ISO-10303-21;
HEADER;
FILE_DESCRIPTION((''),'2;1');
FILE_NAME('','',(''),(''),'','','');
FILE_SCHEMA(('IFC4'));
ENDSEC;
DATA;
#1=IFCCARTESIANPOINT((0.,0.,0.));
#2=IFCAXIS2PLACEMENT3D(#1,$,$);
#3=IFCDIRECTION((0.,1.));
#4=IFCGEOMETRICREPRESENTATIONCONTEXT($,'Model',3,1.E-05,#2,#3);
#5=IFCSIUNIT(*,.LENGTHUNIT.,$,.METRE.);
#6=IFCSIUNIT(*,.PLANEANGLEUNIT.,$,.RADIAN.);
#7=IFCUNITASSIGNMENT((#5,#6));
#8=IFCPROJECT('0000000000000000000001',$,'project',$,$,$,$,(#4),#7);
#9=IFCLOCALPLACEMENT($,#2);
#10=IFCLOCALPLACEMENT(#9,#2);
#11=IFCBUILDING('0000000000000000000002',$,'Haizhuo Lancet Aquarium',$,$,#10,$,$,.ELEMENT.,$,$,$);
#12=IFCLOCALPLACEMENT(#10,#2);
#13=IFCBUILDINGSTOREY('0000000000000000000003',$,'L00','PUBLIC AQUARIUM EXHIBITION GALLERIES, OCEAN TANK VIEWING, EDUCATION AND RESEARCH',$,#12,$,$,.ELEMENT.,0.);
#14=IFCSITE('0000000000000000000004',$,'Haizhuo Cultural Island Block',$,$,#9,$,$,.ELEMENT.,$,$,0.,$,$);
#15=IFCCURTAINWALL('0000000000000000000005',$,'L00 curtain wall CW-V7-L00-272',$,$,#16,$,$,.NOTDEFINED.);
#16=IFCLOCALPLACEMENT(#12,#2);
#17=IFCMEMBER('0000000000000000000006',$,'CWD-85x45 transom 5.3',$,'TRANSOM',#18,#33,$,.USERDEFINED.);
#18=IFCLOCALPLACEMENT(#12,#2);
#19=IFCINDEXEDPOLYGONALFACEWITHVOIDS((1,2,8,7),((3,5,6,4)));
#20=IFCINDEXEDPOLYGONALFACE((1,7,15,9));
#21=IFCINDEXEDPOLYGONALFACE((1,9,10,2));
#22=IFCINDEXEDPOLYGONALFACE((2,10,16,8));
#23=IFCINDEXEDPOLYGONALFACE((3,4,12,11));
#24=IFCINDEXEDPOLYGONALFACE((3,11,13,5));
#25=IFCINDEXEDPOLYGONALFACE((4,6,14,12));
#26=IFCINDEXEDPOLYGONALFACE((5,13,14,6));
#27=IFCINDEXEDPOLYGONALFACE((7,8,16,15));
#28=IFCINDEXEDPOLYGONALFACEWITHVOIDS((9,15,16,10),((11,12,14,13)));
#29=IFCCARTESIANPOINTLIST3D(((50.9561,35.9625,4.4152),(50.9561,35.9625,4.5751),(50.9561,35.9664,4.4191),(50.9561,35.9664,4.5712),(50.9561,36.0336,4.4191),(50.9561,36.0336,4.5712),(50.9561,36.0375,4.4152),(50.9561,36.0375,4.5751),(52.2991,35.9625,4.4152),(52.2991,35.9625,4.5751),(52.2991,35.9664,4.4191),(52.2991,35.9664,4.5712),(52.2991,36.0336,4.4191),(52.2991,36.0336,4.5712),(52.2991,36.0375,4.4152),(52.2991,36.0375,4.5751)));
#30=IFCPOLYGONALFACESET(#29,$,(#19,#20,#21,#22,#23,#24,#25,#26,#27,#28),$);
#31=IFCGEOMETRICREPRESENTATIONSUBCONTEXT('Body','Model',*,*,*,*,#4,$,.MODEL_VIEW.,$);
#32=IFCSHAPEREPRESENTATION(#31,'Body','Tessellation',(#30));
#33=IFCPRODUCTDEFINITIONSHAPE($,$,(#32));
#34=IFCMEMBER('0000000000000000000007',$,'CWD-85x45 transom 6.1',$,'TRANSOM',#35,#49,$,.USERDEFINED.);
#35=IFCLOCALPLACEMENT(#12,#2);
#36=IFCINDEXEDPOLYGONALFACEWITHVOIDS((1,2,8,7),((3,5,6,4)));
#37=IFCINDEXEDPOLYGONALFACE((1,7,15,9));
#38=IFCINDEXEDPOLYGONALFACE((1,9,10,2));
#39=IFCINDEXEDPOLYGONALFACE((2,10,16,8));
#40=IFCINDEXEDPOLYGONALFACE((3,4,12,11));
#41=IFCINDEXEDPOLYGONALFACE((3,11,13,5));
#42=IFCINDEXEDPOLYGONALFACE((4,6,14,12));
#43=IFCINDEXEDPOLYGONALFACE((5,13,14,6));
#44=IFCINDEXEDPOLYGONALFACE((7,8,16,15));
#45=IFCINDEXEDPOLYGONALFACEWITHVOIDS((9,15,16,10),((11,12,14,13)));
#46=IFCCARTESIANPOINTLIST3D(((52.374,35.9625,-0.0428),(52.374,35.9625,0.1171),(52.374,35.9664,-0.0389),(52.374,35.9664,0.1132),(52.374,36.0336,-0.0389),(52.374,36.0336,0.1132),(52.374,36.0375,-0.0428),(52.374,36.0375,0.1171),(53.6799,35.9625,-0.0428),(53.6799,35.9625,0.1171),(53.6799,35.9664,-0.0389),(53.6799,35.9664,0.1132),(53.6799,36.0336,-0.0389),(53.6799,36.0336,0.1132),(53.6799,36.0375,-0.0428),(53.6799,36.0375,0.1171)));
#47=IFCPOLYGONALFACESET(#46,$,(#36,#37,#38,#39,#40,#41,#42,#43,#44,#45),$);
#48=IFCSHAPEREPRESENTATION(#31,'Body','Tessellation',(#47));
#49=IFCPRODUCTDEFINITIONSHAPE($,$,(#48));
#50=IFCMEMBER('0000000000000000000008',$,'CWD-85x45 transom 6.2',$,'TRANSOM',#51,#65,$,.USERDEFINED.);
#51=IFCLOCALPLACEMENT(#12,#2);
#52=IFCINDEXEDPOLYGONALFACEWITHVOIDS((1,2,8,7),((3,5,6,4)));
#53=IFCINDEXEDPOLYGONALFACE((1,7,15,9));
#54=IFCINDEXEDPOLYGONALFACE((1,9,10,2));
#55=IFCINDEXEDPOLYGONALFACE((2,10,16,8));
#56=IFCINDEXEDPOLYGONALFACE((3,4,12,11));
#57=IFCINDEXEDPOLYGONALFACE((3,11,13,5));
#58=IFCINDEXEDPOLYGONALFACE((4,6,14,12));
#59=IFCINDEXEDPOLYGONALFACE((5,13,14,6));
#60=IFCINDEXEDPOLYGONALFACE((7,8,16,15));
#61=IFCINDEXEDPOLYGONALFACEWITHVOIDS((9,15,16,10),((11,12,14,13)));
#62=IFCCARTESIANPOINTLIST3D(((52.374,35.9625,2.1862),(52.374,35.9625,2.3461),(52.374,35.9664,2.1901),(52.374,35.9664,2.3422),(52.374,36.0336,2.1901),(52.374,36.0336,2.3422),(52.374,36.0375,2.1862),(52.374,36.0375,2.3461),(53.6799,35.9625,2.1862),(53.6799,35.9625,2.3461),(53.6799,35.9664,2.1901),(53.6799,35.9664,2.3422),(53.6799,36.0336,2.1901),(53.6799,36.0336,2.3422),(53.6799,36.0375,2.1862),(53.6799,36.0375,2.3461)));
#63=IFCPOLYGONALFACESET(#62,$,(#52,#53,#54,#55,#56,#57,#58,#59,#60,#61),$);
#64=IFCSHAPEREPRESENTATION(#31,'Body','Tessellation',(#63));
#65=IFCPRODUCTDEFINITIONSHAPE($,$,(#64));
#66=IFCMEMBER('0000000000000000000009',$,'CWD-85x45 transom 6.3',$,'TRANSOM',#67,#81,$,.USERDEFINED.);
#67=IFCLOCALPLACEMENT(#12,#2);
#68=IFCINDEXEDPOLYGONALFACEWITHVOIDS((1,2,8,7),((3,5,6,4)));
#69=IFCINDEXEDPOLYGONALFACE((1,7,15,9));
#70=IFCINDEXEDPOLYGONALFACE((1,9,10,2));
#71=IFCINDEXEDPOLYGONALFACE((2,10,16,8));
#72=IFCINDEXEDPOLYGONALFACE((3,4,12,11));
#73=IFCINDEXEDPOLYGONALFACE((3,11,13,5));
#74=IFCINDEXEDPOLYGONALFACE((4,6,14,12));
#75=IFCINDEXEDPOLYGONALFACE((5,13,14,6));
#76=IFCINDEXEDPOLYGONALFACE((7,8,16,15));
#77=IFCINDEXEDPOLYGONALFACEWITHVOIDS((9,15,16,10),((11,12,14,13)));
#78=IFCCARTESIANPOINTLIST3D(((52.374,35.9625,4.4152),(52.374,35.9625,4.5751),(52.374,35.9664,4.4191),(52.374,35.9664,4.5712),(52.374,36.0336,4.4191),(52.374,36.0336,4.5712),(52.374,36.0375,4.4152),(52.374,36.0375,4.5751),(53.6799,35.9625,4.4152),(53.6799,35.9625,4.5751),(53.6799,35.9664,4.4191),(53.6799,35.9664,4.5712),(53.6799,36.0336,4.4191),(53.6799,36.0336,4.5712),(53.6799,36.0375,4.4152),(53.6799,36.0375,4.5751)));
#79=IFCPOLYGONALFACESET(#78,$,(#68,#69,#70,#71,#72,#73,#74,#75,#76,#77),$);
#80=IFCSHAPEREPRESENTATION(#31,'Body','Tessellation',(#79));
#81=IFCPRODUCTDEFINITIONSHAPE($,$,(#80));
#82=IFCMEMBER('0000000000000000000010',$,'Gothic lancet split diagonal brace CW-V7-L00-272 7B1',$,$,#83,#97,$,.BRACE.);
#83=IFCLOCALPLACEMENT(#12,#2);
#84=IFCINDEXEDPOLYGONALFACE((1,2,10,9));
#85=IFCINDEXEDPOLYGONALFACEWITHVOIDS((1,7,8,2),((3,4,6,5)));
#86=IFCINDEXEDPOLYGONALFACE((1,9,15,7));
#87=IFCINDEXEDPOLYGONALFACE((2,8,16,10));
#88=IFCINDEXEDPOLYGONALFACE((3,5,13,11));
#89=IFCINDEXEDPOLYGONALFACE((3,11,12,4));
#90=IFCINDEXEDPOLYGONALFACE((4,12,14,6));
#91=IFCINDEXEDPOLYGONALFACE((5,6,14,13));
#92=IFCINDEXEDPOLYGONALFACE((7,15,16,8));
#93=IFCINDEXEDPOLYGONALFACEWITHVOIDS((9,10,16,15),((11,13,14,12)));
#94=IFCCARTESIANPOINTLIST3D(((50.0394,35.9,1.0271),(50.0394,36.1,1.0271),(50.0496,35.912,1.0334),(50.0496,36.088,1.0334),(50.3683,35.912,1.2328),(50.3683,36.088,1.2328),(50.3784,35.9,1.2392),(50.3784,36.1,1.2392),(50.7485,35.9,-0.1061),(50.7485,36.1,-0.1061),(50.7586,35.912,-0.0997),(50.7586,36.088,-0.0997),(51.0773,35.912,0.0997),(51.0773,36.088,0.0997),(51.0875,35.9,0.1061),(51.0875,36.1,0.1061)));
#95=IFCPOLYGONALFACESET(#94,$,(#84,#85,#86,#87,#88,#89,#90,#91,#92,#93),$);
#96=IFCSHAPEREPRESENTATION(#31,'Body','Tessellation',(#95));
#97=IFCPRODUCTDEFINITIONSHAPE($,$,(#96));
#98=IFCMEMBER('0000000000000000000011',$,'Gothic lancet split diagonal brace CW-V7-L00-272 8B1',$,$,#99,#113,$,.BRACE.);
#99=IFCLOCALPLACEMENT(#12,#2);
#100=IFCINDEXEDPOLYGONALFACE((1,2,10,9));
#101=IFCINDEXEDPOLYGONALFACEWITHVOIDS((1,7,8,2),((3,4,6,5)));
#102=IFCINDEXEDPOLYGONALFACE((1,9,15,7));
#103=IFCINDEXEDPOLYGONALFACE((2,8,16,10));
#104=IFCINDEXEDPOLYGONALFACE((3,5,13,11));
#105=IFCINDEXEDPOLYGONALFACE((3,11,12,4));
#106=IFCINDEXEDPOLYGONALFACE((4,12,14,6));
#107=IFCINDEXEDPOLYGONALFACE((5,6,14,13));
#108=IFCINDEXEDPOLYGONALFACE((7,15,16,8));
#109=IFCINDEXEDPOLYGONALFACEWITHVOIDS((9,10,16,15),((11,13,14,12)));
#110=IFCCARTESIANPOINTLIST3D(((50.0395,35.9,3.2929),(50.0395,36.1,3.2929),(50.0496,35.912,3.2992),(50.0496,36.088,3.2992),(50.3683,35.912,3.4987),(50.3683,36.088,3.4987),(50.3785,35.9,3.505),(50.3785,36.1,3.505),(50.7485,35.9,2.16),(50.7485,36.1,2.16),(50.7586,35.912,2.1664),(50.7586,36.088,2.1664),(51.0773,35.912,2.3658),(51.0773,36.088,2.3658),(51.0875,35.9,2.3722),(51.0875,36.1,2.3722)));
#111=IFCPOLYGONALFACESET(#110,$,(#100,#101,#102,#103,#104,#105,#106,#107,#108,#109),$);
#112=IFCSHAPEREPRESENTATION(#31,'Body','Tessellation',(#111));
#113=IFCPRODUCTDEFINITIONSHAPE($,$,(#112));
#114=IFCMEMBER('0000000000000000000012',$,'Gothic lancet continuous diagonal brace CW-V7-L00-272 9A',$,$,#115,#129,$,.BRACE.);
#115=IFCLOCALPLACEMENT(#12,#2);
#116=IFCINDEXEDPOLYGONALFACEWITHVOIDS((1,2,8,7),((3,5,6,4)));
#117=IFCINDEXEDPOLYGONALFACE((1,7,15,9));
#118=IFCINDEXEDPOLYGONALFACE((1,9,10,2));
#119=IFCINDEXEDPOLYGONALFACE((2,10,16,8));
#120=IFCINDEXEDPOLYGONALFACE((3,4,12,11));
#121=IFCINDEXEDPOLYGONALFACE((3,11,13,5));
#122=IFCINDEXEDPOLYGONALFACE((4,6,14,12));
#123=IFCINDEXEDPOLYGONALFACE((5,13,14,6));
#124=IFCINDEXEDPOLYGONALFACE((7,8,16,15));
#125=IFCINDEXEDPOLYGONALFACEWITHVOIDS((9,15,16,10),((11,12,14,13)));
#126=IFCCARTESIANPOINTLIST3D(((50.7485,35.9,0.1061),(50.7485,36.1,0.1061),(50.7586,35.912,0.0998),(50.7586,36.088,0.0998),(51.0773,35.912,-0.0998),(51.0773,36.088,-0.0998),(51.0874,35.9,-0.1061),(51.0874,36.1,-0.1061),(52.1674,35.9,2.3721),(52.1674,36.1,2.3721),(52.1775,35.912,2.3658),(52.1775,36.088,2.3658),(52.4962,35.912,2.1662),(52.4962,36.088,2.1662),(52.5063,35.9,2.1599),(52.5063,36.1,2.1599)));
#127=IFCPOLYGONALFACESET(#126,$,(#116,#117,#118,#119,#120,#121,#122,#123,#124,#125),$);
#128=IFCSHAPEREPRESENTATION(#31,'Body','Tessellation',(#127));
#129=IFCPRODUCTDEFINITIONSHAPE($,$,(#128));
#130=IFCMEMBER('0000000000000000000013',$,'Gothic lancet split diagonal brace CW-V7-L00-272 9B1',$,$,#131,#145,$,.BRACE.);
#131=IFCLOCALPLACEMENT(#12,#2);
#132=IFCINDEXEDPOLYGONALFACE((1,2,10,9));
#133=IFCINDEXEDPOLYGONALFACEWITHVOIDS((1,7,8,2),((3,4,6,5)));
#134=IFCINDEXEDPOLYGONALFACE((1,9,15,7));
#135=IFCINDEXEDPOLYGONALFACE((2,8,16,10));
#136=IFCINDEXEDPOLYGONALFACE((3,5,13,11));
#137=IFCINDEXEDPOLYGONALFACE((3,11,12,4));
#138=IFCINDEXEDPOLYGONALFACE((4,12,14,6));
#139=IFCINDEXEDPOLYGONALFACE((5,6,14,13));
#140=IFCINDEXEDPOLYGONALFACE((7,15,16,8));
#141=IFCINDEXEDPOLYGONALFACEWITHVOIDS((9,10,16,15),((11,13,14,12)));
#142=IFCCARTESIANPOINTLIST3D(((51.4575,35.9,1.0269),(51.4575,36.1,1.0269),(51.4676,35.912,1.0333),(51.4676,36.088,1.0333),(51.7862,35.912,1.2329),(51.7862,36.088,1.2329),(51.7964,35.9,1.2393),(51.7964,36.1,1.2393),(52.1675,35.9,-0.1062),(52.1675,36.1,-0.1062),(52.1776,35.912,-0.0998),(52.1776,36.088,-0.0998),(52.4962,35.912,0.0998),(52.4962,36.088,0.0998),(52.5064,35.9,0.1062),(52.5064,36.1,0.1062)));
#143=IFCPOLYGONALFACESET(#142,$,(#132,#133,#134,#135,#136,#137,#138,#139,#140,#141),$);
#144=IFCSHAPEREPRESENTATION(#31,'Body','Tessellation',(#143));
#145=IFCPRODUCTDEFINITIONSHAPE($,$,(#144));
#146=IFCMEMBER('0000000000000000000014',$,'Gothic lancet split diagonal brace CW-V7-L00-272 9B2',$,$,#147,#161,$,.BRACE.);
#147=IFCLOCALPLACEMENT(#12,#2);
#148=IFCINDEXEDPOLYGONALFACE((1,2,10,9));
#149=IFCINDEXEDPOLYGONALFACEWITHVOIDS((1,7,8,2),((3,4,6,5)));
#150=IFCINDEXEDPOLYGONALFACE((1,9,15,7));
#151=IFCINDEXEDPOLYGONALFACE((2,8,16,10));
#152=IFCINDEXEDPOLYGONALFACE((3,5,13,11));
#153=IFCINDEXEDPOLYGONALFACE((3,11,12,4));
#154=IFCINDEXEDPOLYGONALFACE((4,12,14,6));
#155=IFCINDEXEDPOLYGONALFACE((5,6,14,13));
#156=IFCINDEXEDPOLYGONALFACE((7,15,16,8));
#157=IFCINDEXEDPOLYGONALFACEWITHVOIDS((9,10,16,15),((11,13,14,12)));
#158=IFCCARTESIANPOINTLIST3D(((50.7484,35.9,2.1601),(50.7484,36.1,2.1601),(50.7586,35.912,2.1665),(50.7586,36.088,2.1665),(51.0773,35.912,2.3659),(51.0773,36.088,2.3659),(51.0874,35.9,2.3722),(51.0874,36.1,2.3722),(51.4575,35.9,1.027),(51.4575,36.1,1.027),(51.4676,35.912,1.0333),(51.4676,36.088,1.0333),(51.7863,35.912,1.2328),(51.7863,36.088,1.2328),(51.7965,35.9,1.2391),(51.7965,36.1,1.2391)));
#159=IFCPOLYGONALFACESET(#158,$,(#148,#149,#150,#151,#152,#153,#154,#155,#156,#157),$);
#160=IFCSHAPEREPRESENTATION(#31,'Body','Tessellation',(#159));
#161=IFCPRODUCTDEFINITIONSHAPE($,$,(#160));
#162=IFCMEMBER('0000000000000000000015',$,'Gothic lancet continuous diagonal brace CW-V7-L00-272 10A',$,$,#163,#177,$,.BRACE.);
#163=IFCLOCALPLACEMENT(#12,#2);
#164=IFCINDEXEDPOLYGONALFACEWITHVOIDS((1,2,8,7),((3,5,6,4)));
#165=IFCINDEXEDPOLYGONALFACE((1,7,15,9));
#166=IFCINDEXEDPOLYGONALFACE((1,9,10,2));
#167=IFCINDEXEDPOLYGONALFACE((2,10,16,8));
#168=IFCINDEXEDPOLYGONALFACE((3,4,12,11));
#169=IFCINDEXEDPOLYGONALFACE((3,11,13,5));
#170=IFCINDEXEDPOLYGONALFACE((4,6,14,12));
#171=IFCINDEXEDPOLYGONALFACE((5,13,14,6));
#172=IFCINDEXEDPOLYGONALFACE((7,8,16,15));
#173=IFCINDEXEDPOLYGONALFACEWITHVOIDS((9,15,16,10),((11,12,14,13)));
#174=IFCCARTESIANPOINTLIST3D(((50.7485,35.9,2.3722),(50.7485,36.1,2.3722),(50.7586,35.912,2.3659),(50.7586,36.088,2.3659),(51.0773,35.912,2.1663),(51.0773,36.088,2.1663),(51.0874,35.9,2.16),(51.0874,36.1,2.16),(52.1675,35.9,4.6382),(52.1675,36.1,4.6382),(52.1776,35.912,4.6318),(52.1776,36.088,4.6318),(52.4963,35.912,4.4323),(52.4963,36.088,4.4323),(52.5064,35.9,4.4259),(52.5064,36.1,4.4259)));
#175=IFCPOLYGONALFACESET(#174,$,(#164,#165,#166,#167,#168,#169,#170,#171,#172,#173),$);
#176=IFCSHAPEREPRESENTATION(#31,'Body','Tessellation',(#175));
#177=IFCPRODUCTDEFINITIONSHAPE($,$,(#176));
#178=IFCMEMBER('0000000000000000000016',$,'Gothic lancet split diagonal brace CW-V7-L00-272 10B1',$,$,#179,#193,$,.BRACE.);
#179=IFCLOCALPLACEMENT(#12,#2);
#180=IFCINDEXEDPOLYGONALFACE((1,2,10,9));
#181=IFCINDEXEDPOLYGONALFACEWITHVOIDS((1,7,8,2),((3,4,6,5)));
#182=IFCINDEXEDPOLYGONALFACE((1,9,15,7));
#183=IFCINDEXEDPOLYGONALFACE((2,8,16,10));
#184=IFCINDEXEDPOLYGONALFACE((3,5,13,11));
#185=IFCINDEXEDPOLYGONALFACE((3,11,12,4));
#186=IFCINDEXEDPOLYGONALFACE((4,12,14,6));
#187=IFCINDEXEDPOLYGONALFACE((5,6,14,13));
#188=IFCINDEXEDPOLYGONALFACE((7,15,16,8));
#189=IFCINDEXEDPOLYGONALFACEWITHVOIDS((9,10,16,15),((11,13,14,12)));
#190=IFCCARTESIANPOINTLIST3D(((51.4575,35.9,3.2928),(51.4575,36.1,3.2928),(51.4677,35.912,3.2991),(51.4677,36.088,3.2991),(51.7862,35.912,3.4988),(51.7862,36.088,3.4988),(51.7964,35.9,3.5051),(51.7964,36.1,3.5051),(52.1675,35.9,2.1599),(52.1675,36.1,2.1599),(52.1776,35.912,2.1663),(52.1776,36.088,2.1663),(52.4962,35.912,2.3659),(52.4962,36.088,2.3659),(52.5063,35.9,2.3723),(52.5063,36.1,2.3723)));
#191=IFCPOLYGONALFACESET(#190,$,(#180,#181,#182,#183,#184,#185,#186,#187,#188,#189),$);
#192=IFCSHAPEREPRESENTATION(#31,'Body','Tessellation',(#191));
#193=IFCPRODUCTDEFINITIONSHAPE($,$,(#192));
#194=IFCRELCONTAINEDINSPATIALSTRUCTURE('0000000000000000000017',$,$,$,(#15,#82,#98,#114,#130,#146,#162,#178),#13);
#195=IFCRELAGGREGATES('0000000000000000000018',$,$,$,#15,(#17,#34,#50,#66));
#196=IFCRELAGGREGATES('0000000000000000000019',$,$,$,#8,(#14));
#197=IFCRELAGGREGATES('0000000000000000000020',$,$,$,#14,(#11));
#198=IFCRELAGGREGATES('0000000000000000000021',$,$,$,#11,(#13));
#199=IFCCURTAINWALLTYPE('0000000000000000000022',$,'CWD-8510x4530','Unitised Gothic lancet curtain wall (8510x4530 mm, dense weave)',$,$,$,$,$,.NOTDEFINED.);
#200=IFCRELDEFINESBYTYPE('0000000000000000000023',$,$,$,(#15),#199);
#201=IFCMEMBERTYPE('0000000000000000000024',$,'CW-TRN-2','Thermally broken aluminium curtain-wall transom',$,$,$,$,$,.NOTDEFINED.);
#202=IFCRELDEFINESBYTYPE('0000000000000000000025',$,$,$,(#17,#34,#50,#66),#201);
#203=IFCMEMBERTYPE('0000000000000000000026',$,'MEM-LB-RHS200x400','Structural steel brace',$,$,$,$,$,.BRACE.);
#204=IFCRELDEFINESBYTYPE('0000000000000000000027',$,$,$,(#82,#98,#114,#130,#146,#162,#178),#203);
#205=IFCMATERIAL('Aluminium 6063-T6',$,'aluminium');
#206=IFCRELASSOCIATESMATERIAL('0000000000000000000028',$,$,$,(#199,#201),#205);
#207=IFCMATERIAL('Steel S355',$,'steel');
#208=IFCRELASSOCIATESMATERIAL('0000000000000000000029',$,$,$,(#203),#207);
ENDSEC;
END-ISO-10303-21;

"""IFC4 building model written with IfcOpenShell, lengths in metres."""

from ifc_helpers import new_model, si_unit, direction, frame, origin, origin_2d, place, context, subcontext, project, spatial, hollow_rectangle, extrude, material, material_profile, profile_set, type_object, element, aggregate, save


model = new_model("IFC4")

# Units and contexts
model_context = context("Model", 3, precision=1e-05, world=origin(), true_north=direction((0.0, 1.0)))
body_context = subcontext(model_context, "Body", "Model", "MODEL_VIEW")
ifc_project = project(units=[si_unit("LENGTHUNIT", "METRE"), si_unit("PLANEANGLEUNIT", "RADIAN")], contexts=[model_context])

# Site, building, storey
site_placement = place(None, origin())
site = spatial("IfcSite", under=ifc_project, at=site_placement, Name="Haizhuo Cultural Island Block", CompositionType="ELEMENT", RefElevation=0.0)
building_placement = place(site_placement, origin())
building = spatial("IfcBuilding", under=site, at=building_placement, Name="Haizhuo Lancet Aquarium", CompositionType="ELEMENT")
storey_placement = place(building_placement, origin())
storey = spatial("IfcBuildingStorey", under=building, at=storey_placement, Name="L00", Description="PUBLIC AQUARIUM EXHIBITION GALLERIES, OCEAN TANK VIEWING, EDUCATION AND RESEARCH", CompositionType="ELEMENT", Elevation=0.0)

# Shared definitions
ifc_material_1 = material(Name="Steel S355", Category="steel")

# Curtain wall, members
ifc_material_2 = material(Name="Aluminium 6063-T6", Category="aluminium")
curtain_wall_type = type_object("IfcCurtainWallType", Name="CWD-8510x4530", Description="Unitised Gothic lancet curtain wall (8510x4530 mm, dense weave)", PredefinedType="NOTDEFINED", material=ifc_material_2)
curtain_wall_placement = place(storey_placement, origin())
curtain_wall = element("IfcCurtainWall", 1, at=curtain_wall_placement, inside=storey, type_object=curtain_wall_type, Name="L00 curtain wall CW-V7-L00-272", PredefinedType="NOTDEFINED")
ifc_material_profile_1 = material_profile(ifc_material_2, hollow_rectangle(XDim=0.075, YDim=0.1599, WallThickness=0.0039, at=origin_2d()), Name="ALU-T 75x160x4")
ifc_profile_set_1 = profile_set([ifc_material_profile_1], Name="Aluminium 6063-T6")
member_type_1 = type_object("IfcMemberType", Name="CW-TRN-2", Description="Thermally broken aluminium curtain-wall transom", PredefinedType="NOTDEFINED", material=ifc_profile_set_1)
member_1_placement = place(storey_placement, frame((50.9561, 36.0, 4.4951), z_axis=(1.0, 0.0, 0.0), x_axis=(0.0, 1.0, 0.0)))
member_1 = element("IfcMember", 2, at=member_1_placement, type_object=member_type_1, Name="CWD-85x45 transom 5.3", ObjectType="TRANSOM", PredefinedType="USERDEFINED", context=body_context, shape_type="SweptSolid", body=[
    extrude(hollow_rectangle(XDim=0.075, YDim=0.1599, WallThickness=0.0039, at=origin_2d()), origin(), (0.0, 0.0, 1.0), 1.343),
])
member_2_placement = place(storey_placement, frame((52.374, 36.0, 0.0371), z_axis=(1.0, 0.0, 0.0), x_axis=(0.0, 1.0, 0.0)))
member_2 = element("IfcMember", 3, at=member_2_placement, type_object=member_type_1, Name="CWD-85x45 transom 6.1", ObjectType="TRANSOM", PredefinedType="USERDEFINED", context=body_context, shape_type="SweptSolid", body=[
    extrude(hollow_rectangle(XDim=0.075, YDim=0.1599, WallThickness=0.0039, at=origin_2d()), origin(), (0.0, 0.0, 1.0), 1.3059),
])
member_3_placement = place(storey_placement, frame((52.374, 36.0, 2.2661), z_axis=(1.0, 0.0, 0.0), x_axis=(0.0, 1.0, 0.0)))
member_3 = element("IfcMember", 4, at=member_3_placement, type_object=member_type_1, Name="CWD-85x45 transom 6.2", ObjectType="TRANSOM", PredefinedType="USERDEFINED", context=body_context, shape_type="SweptSolid", body=[
    extrude(hollow_rectangle(XDim=0.075, YDim=0.1599, WallThickness=0.0039, at=origin_2d()), origin(), (0.0, 0.0, 1.0), 1.3059),
])
member_4_placement = place(storey_placement, frame((52.374, 36.0, 4.4951), z_axis=(1.0, 0.0, 0.0), x_axis=(0.0, 1.0, 0.0)))
member_4 = element("IfcMember", 5, at=member_4_placement, type_object=member_type_1, Name="CWD-85x45 transom 6.3", ObjectType="TRANSOM", PredefinedType="USERDEFINED", context=body_context, shape_type="SweptSolid", body=[
    extrude(hollow_rectangle(XDim=0.075, YDim=0.1599, WallThickness=0.0039, at=origin_2d()), origin(), (0.0, 0.0, 1.0), 1.3059),
])

# Members
ifc_material_profile_2 = material_profile(ifc_material_1, hollow_rectangle(XDim=0.2, YDim=0.3999, WallThickness=0.012, at=origin_2d()), Name="RHS 200x400x12")
ifc_profile_set_2 = profile_set([ifc_material_profile_2], Name="Steel S355")
member_type_2 = type_object("IfcMemberType", Name="MEM-LB-RHS200x400", Description="Structural steel brace", PredefinedType="BRACE", material=ifc_profile_set_2)
member_5_placement = place(storey_placement, frame((50.918, 36.0, 0.0), z_axis=(-0.530442, 0.0, 0.847721), x_axis=(0.0, -1.0, 0.0)))
element("IfcMember", 6, at=member_5_placement, inside=storey, type_object=member_type_2, Name="Gothic lancet split diagonal brace CW-V7-L00-272 7B1", PredefinedType="BRACE", context=body_context, shape_type="SweptSolid", body=[
    extrude(hollow_rectangle(XDim=0.2, YDim=0.3999, WallThickness=0.012, at=origin_2d()), origin(), (0.0, 0.0, 1.0), 1.3367),
])
member_6_placement = place(storey_placement, frame((50.918, 36.0, 2.2661), z_axis=(-0.530524, 0.0, 0.84767), x_axis=(0.0, -1.0, 0.0)))
element("IfcMember", 7, at=member_6_placement, inside=storey, type_object=member_type_2, Name="Gothic lancet split diagonal brace CW-V7-L00-272 8B1", PredefinedType="BRACE", context=body_context, shape_type="SweptSolid", body=[
    extrude(hollow_rectangle(XDim=0.2, YDim=0.3999, WallThickness=0.012, at=origin_2d()), origin(), (0.0, 0.0, 1.0), 1.3364),
])
member_7_placement = place(storey_placement, frame((50.918, 36.0, 0.0), z_axis=(0.530705, 0.0, 0.847557), x_axis=(0.0, 1.0, 0.0)))
element("IfcMember", 8, at=member_7_placement, inside=storey, type_object=member_type_2, Name="Gothic lancet continuous diagonal brace CW-V7-L00-272 9A", PredefinedType="BRACE", context=body_context, shape_type="SweptSolid", body=[
    extrude(hollow_rectangle(XDim=0.2, YDim=0.3999, WallThickness=0.012, at=origin_2d()), origin(), (0.0, 0.0, 1.0), 2.6736),
])
member_8_placement = place(storey_placement, frame((52.3369, 36.0, 0.0), z_axis=(-0.530967, 0.0, 0.847393), x_axis=(0.0, -1.0, 0.0)))
element("IfcMember", 9, at=member_8_placement, inside=storey, type_object=member_type_2, Name="Gothic lancet split diagonal brace CW-V7-L00-272 9B1", PredefinedType="BRACE", context=body_context, shape_type="SweptSolid", body=[
    extrude(hollow_rectangle(XDim=0.2, YDim=0.3999, WallThickness=0.012, at=origin_2d()), origin(), (0.0, 0.0, 1.0), 1.3372),
])
member_9_placement = place(storey_placement, frame((51.627, 36.0, 1.1331), z_axis=(-0.530442, 0.0, 0.847721), x_axis=(0.0, -1.0, 0.0)))
element("IfcMember", 10, at=member_9_placement, inside=storey, type_object=member_type_2, Name="Gothic lancet split diagonal brace CW-V7-L00-272 9B2", PredefinedType="BRACE", context=body_context, shape_type="SweptSolid", body=[
    extrude(hollow_rectangle(XDim=0.2, YDim=0.3999, WallThickness=0.012, at=origin_2d()), origin(), (0.0, 0.0, 1.0), 1.3367),
])
member_10_placement = place(storey_placement, frame((50.918, 36.0, 2.2661), z_axis=(0.530746, 0.0, 0.847531), x_axis=(0.0, 1.0, 0.0)))
element("IfcMember", 11, at=member_10_placement, inside=storey, type_object=member_type_2, Name="Gothic lancet continuous diagonal brace CW-V7-L00-272 10A", PredefinedType="BRACE", context=body_context, shape_type="SweptSolid", body=[
    extrude(hollow_rectangle(XDim=0.2, YDim=0.3999, WallThickness=0.012, at=origin_2d()), origin(), (0.0, 0.0, 1.0), 2.6736),
])
member_11_placement = place(storey_placement, frame((52.3369, 36.0, 2.2661), z_axis=(-0.531049, 0.0, 0.847341), x_axis=(0.0, -1.0, 0.0)))
element("IfcMember", 12, at=member_11_placement, inside=storey, type_object=member_type_2, Name="Gothic lancet split diagonal brace CW-V7-L00-272 10B1", PredefinedType="BRACE", context=body_context, shape_type="SweptSolid", body=[
    extrude(hollow_rectangle(XDim=0.2, YDim=0.3999, WallThickness=0.012, at=origin_2d()), origin(), (0.0, 0.0, 1.0), 1.3369),
])

aggregate(curtain_wall, [member_1, member_2, member_3, member_4])

save(model, "model.ifc")
